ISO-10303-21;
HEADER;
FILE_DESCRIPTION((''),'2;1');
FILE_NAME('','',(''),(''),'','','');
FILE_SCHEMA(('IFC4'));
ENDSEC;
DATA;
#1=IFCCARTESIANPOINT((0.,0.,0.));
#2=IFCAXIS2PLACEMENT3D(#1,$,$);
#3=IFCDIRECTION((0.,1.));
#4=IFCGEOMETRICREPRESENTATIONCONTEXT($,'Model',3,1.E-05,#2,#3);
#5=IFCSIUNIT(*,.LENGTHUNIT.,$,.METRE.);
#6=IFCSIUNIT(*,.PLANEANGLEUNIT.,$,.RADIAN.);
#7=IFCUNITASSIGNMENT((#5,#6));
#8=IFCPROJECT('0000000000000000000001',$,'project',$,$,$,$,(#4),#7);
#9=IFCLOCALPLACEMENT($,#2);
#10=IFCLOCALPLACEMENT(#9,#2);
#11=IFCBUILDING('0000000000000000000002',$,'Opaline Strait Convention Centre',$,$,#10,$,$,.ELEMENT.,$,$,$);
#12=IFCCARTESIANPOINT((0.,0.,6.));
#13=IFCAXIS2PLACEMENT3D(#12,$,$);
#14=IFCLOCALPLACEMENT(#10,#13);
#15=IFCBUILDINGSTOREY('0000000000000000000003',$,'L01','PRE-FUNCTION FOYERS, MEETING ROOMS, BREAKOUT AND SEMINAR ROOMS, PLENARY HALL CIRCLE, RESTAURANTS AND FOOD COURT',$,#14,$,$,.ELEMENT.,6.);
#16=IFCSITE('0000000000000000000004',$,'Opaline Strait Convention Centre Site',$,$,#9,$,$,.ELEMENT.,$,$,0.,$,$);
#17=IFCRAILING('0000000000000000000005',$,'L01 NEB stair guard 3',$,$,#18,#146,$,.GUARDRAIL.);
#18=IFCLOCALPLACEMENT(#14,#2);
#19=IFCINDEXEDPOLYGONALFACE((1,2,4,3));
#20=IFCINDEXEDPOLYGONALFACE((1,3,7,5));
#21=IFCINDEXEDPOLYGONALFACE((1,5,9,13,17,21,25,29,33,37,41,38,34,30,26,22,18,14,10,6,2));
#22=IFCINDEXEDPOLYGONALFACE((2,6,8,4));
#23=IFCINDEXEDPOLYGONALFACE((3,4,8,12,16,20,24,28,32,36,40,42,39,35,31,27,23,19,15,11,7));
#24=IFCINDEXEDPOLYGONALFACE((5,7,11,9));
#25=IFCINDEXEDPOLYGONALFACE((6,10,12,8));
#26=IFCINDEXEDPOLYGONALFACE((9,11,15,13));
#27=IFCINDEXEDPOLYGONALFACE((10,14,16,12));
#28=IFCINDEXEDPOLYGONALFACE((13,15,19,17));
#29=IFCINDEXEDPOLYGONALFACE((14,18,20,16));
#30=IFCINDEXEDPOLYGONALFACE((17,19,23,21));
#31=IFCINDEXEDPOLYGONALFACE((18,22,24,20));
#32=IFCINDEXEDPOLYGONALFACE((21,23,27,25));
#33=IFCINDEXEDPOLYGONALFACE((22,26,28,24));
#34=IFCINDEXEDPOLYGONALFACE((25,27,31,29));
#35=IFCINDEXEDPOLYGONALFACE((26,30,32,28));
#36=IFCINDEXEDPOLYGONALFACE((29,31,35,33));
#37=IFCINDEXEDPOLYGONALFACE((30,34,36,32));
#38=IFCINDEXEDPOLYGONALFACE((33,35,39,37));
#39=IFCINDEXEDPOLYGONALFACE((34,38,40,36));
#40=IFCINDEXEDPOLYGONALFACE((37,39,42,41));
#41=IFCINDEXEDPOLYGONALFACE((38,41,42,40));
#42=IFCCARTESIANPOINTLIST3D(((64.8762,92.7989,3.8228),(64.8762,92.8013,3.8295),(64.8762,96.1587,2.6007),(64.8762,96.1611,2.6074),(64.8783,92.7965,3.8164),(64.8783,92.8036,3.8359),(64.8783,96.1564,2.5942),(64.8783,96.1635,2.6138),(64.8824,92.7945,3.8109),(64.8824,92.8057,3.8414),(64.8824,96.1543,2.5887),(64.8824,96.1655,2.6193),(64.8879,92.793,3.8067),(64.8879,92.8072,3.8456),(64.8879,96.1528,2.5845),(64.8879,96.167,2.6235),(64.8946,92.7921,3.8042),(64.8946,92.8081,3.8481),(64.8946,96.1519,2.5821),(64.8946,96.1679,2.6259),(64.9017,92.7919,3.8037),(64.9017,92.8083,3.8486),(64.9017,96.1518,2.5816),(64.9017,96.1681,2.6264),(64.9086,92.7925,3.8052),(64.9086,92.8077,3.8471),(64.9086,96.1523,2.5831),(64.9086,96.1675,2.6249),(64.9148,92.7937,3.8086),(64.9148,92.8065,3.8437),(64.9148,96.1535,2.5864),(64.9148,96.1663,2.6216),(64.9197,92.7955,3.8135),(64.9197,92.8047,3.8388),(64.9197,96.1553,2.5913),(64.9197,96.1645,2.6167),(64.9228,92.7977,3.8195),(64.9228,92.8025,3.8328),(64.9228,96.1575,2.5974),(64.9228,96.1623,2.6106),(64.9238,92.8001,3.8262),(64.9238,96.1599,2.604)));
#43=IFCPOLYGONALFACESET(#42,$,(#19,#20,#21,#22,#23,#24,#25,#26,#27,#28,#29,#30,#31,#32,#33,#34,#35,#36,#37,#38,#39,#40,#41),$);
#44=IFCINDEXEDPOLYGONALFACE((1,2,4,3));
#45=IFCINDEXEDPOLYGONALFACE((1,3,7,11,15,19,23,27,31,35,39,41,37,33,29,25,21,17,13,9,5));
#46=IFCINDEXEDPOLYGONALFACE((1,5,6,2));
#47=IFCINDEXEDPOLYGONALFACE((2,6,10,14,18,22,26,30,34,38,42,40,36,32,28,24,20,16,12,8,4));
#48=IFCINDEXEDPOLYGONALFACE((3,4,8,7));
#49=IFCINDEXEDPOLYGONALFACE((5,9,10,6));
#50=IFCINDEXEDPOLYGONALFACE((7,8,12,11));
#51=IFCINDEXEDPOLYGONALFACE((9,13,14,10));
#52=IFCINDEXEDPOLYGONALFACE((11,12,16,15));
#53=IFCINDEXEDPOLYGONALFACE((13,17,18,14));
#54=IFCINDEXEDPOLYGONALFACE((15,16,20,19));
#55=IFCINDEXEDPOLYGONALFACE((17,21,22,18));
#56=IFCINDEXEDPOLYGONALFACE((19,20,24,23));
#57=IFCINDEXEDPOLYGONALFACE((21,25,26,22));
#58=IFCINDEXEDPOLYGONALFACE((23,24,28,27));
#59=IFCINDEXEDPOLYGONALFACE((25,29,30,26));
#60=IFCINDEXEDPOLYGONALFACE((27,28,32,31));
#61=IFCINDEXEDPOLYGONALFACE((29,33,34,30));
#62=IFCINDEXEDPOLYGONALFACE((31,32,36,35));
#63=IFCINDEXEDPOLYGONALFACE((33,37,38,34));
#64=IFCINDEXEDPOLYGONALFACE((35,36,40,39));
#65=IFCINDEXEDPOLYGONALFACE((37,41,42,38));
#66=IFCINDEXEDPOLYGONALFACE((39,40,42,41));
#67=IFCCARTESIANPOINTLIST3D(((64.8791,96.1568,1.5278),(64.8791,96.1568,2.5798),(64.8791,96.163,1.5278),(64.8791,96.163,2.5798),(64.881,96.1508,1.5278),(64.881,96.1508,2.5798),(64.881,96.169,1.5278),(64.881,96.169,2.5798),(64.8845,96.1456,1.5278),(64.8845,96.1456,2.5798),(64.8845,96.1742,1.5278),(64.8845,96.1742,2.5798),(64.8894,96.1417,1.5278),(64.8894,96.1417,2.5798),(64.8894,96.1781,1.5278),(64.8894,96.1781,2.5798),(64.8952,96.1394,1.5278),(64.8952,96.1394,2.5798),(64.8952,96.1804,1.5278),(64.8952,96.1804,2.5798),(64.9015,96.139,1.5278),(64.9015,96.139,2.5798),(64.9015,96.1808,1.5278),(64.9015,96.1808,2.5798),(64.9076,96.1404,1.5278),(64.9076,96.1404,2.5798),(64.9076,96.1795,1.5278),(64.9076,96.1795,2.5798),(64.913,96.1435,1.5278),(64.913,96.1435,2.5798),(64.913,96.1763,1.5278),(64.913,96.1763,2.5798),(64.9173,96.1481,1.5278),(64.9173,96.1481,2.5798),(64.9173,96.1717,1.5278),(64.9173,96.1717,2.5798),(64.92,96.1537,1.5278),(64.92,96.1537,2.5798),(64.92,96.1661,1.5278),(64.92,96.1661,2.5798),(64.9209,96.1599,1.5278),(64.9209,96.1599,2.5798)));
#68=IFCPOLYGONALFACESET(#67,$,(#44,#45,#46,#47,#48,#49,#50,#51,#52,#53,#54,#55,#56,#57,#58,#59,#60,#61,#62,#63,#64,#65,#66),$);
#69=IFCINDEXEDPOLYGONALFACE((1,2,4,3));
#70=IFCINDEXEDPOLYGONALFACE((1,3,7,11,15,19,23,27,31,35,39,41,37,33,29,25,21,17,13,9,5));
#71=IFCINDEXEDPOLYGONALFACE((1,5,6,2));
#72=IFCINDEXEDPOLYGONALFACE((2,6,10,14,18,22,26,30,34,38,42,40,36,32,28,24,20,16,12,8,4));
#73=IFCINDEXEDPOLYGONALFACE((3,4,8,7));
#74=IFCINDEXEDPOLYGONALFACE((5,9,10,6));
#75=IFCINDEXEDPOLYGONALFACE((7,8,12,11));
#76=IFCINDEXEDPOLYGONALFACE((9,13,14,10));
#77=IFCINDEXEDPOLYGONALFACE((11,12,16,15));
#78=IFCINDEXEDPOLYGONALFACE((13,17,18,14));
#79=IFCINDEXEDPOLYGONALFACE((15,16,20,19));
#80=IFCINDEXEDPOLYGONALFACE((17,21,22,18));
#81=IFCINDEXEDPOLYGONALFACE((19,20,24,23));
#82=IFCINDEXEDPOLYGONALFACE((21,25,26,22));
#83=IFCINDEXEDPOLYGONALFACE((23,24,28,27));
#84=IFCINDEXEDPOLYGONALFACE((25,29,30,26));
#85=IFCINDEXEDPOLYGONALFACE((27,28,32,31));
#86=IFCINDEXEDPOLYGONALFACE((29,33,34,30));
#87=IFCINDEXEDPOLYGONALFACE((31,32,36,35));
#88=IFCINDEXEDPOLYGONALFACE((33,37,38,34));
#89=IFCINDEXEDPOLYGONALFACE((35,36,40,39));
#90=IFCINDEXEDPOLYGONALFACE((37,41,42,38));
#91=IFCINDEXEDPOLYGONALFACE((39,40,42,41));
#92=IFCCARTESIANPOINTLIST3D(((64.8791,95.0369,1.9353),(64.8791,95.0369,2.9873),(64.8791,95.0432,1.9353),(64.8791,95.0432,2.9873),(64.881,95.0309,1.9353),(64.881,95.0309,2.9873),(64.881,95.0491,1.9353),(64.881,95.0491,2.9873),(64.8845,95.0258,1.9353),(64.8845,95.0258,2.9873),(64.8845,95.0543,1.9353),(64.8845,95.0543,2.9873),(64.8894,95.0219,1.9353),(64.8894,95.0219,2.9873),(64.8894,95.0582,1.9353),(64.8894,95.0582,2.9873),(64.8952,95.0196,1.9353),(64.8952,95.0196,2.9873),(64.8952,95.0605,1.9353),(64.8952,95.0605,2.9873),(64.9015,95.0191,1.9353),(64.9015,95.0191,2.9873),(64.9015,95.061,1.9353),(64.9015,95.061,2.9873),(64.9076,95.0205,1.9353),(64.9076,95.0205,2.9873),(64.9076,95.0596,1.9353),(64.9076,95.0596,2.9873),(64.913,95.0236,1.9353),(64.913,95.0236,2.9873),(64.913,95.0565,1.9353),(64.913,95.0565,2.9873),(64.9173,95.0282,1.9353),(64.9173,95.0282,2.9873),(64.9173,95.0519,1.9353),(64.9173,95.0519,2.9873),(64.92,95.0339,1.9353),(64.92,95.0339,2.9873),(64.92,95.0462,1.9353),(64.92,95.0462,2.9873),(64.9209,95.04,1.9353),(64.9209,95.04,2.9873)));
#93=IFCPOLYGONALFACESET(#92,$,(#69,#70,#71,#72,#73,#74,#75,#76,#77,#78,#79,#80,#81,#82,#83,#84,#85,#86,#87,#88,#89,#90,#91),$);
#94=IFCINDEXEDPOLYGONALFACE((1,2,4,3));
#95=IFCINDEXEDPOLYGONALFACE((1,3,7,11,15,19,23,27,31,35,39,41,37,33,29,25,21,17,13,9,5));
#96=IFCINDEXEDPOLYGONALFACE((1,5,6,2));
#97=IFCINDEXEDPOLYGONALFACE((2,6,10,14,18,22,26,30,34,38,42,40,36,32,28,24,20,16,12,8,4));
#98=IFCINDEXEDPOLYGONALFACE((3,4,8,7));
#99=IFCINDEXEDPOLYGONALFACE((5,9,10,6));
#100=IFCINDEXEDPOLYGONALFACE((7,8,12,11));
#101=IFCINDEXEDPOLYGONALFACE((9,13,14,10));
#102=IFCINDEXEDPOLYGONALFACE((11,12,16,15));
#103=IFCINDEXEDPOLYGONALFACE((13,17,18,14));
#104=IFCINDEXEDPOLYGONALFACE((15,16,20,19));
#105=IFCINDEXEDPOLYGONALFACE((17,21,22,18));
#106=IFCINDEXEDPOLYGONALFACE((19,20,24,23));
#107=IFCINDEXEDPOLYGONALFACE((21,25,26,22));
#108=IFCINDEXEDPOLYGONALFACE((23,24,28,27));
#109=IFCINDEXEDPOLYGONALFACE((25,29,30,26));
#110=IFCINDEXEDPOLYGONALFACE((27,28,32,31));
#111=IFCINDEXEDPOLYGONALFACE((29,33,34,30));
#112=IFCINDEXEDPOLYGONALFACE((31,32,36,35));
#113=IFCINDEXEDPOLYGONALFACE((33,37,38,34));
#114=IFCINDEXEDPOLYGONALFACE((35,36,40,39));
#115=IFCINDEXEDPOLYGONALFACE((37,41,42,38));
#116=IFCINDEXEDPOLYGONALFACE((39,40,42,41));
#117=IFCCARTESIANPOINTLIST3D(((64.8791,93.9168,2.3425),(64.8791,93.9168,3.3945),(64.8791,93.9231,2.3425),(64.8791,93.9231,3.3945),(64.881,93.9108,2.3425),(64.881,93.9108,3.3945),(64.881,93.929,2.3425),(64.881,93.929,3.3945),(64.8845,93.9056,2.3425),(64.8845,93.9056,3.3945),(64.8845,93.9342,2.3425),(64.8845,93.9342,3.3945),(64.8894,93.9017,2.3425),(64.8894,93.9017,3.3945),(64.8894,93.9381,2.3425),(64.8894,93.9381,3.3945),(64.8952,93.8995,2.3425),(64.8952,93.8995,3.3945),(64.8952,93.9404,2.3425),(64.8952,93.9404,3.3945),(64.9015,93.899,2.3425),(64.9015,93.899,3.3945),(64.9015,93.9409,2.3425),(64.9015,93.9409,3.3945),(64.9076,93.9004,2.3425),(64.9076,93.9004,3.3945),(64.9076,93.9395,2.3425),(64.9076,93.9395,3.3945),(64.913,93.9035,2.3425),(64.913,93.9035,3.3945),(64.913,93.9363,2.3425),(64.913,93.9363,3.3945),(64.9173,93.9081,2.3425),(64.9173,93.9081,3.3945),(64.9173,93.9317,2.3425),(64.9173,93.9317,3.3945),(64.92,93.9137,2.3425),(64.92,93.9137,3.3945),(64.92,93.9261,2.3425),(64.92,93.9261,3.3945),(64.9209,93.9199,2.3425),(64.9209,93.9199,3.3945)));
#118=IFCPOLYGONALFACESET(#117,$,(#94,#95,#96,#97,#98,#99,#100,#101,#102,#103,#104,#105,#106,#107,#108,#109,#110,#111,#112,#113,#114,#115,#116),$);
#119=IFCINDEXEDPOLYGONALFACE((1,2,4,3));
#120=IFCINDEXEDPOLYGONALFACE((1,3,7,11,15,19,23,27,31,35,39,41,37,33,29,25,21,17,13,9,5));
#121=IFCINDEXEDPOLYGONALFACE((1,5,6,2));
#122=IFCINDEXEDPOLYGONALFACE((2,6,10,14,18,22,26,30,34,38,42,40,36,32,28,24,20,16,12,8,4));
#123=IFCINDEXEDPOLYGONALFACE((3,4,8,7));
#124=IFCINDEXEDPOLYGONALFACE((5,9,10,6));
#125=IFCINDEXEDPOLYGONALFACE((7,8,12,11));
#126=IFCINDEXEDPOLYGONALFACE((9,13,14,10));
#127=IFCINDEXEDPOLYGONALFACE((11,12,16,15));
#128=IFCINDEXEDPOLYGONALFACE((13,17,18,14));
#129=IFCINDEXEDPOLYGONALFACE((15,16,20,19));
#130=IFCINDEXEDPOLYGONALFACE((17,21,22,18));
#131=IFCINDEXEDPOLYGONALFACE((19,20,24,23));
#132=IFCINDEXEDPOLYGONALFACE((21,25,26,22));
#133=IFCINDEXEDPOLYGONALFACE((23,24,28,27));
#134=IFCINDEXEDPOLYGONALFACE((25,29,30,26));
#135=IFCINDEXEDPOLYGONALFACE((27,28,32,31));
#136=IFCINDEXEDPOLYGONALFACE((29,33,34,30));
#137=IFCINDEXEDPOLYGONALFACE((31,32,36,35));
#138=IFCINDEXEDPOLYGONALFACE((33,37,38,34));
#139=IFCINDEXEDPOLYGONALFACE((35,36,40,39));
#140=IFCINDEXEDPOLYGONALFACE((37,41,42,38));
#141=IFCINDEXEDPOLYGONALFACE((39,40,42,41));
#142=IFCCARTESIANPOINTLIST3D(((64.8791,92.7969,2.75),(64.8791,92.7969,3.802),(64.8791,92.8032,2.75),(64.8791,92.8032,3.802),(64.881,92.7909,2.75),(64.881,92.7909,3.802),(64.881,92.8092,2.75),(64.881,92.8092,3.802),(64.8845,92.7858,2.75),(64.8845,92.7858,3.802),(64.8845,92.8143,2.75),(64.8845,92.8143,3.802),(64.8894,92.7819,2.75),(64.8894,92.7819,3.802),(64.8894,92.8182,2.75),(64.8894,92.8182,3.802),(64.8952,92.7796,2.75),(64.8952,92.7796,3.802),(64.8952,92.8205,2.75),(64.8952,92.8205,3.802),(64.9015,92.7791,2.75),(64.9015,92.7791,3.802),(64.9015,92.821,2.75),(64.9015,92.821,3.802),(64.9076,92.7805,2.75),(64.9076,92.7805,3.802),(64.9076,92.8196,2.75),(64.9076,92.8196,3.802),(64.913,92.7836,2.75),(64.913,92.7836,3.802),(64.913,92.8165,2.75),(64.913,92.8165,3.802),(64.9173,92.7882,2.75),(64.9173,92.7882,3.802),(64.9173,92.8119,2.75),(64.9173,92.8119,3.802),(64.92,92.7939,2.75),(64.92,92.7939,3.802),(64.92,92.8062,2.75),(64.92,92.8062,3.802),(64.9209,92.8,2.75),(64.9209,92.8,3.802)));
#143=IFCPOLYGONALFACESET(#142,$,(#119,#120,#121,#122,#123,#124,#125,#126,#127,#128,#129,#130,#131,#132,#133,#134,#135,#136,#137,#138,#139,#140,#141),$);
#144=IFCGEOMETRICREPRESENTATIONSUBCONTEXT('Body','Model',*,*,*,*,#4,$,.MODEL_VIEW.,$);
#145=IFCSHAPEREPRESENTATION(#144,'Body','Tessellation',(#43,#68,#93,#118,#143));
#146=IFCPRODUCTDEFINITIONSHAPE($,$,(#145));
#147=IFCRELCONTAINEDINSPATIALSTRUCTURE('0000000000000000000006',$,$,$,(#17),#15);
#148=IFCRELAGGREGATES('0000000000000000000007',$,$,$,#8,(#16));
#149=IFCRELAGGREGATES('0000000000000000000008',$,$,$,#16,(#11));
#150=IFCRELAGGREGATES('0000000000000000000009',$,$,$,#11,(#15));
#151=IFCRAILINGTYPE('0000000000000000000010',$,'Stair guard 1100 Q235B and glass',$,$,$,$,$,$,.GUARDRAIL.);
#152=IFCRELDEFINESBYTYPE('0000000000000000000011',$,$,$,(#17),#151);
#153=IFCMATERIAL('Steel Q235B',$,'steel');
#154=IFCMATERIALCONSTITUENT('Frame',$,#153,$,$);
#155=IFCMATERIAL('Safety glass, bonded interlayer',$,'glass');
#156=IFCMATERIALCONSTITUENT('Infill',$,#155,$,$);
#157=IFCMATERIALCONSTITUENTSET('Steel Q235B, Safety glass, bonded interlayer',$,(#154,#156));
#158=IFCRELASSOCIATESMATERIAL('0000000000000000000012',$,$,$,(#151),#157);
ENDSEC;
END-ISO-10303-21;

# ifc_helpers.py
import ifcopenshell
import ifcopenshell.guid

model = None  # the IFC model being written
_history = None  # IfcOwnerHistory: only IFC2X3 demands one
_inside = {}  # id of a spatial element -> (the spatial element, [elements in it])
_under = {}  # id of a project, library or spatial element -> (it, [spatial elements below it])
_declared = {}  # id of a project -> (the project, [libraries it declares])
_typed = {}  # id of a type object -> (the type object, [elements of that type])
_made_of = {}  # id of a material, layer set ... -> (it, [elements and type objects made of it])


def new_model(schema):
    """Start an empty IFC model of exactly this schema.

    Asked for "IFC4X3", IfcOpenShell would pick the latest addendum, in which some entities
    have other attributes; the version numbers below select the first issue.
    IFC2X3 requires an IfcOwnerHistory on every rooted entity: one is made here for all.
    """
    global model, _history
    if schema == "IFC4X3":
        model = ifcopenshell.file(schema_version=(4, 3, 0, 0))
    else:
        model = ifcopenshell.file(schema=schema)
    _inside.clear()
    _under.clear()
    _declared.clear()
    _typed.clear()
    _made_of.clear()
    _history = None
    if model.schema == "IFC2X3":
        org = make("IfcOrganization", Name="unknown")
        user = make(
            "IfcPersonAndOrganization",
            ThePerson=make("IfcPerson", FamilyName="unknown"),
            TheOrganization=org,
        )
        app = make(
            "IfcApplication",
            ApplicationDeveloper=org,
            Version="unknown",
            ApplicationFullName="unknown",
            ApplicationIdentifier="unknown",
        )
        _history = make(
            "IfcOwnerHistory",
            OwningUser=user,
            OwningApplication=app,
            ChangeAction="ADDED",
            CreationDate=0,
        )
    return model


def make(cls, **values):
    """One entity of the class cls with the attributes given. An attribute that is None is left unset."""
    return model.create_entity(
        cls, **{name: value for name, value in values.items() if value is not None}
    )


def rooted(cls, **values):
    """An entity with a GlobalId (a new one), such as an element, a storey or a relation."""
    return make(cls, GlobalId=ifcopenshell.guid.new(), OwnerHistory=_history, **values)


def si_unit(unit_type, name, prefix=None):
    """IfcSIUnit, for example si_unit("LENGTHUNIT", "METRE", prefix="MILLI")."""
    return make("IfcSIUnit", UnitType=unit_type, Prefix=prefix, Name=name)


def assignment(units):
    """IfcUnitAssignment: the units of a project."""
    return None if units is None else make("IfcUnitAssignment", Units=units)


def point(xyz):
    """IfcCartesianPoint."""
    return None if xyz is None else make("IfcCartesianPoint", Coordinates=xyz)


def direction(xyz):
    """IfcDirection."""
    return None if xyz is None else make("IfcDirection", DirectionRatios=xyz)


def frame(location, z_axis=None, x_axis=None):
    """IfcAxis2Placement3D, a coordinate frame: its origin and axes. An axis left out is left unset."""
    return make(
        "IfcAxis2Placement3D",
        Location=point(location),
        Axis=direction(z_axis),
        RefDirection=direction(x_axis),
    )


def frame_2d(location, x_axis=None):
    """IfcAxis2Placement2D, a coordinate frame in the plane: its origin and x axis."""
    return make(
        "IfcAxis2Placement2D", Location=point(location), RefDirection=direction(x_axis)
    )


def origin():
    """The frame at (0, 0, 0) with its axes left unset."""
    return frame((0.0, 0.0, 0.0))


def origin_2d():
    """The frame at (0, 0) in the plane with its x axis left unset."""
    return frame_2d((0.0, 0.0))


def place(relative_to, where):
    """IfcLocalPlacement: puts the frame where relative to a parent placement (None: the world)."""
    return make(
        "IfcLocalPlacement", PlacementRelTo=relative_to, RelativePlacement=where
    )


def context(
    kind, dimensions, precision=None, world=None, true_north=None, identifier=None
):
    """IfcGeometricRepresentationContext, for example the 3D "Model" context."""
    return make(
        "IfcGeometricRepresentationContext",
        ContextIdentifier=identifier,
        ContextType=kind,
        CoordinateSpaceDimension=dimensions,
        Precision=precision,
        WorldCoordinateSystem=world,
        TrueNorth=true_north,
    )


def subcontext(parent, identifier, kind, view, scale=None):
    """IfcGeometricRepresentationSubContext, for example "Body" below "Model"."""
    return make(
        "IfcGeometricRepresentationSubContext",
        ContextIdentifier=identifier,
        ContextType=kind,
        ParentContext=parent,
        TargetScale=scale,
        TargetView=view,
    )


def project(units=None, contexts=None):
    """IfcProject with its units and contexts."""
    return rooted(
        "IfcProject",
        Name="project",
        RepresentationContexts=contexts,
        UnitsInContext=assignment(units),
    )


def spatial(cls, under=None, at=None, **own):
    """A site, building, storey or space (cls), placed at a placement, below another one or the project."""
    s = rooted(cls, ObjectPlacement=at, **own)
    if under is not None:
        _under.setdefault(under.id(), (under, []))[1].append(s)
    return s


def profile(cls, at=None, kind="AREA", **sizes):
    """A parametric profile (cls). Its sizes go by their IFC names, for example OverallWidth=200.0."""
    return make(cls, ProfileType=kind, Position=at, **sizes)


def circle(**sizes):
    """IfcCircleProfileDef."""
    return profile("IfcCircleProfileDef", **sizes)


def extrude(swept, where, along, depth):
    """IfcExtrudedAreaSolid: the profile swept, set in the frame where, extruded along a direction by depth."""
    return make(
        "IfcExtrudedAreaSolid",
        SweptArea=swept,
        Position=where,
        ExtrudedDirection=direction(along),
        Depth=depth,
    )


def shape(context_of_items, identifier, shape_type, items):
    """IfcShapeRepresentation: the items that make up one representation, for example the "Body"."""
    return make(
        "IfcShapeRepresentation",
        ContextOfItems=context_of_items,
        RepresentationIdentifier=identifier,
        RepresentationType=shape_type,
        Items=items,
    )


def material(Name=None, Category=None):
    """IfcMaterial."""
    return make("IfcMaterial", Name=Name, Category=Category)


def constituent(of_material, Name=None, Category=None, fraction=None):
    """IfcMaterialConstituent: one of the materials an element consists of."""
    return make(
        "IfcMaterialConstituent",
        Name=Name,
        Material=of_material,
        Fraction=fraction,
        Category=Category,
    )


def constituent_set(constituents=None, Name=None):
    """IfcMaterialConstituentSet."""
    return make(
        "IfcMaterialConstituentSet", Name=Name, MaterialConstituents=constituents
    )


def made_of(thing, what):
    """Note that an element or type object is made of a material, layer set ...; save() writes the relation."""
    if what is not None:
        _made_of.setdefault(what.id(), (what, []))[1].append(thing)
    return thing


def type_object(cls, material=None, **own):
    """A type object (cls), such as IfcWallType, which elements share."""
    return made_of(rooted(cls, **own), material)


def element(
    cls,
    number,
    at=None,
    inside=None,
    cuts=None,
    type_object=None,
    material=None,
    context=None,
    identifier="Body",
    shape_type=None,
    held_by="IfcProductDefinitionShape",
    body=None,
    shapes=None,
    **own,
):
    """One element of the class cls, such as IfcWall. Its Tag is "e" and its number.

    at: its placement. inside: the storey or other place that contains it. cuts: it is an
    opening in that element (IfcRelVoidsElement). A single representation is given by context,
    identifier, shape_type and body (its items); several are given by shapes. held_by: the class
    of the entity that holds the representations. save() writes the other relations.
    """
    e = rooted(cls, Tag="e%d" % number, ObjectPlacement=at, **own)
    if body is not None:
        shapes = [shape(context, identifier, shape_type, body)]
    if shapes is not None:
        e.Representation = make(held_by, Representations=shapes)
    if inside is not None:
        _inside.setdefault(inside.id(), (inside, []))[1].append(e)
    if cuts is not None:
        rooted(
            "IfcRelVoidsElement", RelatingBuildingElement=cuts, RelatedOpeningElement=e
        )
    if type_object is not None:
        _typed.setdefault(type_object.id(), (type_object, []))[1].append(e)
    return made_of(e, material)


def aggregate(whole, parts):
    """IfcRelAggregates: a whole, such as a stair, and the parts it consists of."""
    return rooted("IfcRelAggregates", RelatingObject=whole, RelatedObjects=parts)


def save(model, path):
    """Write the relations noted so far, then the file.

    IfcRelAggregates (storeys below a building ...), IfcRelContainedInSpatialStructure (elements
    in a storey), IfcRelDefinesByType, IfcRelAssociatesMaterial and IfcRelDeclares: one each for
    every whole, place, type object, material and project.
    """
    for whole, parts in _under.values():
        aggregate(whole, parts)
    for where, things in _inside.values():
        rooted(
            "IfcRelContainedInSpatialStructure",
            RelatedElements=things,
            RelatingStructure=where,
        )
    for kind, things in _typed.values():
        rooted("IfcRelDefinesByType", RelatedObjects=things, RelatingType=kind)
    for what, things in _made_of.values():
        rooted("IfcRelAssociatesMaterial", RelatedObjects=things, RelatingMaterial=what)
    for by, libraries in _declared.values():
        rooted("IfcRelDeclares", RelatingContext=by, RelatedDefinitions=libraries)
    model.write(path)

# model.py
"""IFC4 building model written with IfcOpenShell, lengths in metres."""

from ifc_helpers import new_model, si_unit, direction, frame, origin, origin_2d, place, context, subcontext, project, spatial, circle, extrude, material, constituent, constituent_set, type_object, element, save


model = new_model("IFC4")

# Units and contexts
model_context = context("Model", 3, precision=1e-05, world=origin(), true_north=direction((0.0, 1.0)))
body_context = subcontext(model_context, "Body", "Model", "MODEL_VIEW")
ifc_project = project(units=[si_unit("LENGTHUNIT", "METRE"), si_unit("PLANEANGLEUNIT", "RADIAN")], contexts=[model_context])

# Site, building, storey
site_placement = place(None, origin())
site = spatial("IfcSite", under=ifc_project, at=site_placement, Name="Opaline Strait Convention Centre Site", CompositionType="ELEMENT", RefElevation=0.0)
building_placement = place(site_placement, origin())
building = spatial("IfcBuilding", under=site, at=building_placement, Name="Opaline Strait Convention Centre", CompositionType="ELEMENT")
storey_placement = place(building_placement, frame((0.0, 0.0, 6.0)))
storey = spatial("IfcBuildingStorey", under=building, at=storey_placement, Name="L01", Description="PRE-FUNCTION FOYERS, MEETING ROOMS, BREAKOUT AND SEMINAR ROOMS, PLENARY HALL CIRCLE, RESTAURANTS AND FOOD COURT", CompositionType="ELEMENT", Elevation=6.0)

# Railing
ifc_material_1 = material(Name="Safety glass, bonded interlayer", Category="glass")
ifc_material_2 = material(Name="Steel Q235B", Category="steel")
ifc_constituent_1 = constituent(ifc_material_2, Name="Frame")
ifc_constituent_2 = constituent(ifc_material_1, Name="Infill")
ifc_constituent_set_1 = constituent_set(constituents=[ifc_constituent_1, ifc_constituent_2], Name="Steel Q235B, Safety glass, bonded interlayer")
railing_type_1 = type_object("IfcRailingType", Name="Stair guard 1100 Q235B and glass", PredefinedType="GUARDRAIL", material=ifc_constituent_set_1)
railing_1_placement = place(storey_placement, frame((64.8999, 96.1599, 1.5278)))
element("IfcRailing", 1, at=railing_1_placement, inside=storey, type_object=railing_type_1, Name="L01 NEB stair guard 3", PredefinedType="GUARDRAIL", context=body_context, shape_type="SweptSolid", body=[
    extrude(circle(Radius=0.0239, at=origin_2d()), frame((0.0, 0.0, 1.0762), z_axis=(0.0, -0.939758, 0.341842), x_axis=(1.0, 0.0, 0.0)), (0.0, 0.0, 1.0), 3.5752),
    extrude(circle(Radius=0.021, at=origin_2d()), origin(), (0.0, 0.0, 1.0), 1.052),
    extrude(circle(Radius=0.021, at=origin_2d()), frame((0.0, -1.1199, 0.4075)), (0.0, 0.0, 1.0), 1.052),
    extrude(circle(Radius=0.021, at=origin_2d()), frame((0.0, -2.24, 0.8147)), (0.0, 0.0, 1.0), 1.052),
    extrude(circle(Radius=0.021, at=origin_2d()), frame((0.0, -3.3599, 1.2222)), (0.0, 0.0, 1.0), 1.052),
])

save(model, "model.ifc")
